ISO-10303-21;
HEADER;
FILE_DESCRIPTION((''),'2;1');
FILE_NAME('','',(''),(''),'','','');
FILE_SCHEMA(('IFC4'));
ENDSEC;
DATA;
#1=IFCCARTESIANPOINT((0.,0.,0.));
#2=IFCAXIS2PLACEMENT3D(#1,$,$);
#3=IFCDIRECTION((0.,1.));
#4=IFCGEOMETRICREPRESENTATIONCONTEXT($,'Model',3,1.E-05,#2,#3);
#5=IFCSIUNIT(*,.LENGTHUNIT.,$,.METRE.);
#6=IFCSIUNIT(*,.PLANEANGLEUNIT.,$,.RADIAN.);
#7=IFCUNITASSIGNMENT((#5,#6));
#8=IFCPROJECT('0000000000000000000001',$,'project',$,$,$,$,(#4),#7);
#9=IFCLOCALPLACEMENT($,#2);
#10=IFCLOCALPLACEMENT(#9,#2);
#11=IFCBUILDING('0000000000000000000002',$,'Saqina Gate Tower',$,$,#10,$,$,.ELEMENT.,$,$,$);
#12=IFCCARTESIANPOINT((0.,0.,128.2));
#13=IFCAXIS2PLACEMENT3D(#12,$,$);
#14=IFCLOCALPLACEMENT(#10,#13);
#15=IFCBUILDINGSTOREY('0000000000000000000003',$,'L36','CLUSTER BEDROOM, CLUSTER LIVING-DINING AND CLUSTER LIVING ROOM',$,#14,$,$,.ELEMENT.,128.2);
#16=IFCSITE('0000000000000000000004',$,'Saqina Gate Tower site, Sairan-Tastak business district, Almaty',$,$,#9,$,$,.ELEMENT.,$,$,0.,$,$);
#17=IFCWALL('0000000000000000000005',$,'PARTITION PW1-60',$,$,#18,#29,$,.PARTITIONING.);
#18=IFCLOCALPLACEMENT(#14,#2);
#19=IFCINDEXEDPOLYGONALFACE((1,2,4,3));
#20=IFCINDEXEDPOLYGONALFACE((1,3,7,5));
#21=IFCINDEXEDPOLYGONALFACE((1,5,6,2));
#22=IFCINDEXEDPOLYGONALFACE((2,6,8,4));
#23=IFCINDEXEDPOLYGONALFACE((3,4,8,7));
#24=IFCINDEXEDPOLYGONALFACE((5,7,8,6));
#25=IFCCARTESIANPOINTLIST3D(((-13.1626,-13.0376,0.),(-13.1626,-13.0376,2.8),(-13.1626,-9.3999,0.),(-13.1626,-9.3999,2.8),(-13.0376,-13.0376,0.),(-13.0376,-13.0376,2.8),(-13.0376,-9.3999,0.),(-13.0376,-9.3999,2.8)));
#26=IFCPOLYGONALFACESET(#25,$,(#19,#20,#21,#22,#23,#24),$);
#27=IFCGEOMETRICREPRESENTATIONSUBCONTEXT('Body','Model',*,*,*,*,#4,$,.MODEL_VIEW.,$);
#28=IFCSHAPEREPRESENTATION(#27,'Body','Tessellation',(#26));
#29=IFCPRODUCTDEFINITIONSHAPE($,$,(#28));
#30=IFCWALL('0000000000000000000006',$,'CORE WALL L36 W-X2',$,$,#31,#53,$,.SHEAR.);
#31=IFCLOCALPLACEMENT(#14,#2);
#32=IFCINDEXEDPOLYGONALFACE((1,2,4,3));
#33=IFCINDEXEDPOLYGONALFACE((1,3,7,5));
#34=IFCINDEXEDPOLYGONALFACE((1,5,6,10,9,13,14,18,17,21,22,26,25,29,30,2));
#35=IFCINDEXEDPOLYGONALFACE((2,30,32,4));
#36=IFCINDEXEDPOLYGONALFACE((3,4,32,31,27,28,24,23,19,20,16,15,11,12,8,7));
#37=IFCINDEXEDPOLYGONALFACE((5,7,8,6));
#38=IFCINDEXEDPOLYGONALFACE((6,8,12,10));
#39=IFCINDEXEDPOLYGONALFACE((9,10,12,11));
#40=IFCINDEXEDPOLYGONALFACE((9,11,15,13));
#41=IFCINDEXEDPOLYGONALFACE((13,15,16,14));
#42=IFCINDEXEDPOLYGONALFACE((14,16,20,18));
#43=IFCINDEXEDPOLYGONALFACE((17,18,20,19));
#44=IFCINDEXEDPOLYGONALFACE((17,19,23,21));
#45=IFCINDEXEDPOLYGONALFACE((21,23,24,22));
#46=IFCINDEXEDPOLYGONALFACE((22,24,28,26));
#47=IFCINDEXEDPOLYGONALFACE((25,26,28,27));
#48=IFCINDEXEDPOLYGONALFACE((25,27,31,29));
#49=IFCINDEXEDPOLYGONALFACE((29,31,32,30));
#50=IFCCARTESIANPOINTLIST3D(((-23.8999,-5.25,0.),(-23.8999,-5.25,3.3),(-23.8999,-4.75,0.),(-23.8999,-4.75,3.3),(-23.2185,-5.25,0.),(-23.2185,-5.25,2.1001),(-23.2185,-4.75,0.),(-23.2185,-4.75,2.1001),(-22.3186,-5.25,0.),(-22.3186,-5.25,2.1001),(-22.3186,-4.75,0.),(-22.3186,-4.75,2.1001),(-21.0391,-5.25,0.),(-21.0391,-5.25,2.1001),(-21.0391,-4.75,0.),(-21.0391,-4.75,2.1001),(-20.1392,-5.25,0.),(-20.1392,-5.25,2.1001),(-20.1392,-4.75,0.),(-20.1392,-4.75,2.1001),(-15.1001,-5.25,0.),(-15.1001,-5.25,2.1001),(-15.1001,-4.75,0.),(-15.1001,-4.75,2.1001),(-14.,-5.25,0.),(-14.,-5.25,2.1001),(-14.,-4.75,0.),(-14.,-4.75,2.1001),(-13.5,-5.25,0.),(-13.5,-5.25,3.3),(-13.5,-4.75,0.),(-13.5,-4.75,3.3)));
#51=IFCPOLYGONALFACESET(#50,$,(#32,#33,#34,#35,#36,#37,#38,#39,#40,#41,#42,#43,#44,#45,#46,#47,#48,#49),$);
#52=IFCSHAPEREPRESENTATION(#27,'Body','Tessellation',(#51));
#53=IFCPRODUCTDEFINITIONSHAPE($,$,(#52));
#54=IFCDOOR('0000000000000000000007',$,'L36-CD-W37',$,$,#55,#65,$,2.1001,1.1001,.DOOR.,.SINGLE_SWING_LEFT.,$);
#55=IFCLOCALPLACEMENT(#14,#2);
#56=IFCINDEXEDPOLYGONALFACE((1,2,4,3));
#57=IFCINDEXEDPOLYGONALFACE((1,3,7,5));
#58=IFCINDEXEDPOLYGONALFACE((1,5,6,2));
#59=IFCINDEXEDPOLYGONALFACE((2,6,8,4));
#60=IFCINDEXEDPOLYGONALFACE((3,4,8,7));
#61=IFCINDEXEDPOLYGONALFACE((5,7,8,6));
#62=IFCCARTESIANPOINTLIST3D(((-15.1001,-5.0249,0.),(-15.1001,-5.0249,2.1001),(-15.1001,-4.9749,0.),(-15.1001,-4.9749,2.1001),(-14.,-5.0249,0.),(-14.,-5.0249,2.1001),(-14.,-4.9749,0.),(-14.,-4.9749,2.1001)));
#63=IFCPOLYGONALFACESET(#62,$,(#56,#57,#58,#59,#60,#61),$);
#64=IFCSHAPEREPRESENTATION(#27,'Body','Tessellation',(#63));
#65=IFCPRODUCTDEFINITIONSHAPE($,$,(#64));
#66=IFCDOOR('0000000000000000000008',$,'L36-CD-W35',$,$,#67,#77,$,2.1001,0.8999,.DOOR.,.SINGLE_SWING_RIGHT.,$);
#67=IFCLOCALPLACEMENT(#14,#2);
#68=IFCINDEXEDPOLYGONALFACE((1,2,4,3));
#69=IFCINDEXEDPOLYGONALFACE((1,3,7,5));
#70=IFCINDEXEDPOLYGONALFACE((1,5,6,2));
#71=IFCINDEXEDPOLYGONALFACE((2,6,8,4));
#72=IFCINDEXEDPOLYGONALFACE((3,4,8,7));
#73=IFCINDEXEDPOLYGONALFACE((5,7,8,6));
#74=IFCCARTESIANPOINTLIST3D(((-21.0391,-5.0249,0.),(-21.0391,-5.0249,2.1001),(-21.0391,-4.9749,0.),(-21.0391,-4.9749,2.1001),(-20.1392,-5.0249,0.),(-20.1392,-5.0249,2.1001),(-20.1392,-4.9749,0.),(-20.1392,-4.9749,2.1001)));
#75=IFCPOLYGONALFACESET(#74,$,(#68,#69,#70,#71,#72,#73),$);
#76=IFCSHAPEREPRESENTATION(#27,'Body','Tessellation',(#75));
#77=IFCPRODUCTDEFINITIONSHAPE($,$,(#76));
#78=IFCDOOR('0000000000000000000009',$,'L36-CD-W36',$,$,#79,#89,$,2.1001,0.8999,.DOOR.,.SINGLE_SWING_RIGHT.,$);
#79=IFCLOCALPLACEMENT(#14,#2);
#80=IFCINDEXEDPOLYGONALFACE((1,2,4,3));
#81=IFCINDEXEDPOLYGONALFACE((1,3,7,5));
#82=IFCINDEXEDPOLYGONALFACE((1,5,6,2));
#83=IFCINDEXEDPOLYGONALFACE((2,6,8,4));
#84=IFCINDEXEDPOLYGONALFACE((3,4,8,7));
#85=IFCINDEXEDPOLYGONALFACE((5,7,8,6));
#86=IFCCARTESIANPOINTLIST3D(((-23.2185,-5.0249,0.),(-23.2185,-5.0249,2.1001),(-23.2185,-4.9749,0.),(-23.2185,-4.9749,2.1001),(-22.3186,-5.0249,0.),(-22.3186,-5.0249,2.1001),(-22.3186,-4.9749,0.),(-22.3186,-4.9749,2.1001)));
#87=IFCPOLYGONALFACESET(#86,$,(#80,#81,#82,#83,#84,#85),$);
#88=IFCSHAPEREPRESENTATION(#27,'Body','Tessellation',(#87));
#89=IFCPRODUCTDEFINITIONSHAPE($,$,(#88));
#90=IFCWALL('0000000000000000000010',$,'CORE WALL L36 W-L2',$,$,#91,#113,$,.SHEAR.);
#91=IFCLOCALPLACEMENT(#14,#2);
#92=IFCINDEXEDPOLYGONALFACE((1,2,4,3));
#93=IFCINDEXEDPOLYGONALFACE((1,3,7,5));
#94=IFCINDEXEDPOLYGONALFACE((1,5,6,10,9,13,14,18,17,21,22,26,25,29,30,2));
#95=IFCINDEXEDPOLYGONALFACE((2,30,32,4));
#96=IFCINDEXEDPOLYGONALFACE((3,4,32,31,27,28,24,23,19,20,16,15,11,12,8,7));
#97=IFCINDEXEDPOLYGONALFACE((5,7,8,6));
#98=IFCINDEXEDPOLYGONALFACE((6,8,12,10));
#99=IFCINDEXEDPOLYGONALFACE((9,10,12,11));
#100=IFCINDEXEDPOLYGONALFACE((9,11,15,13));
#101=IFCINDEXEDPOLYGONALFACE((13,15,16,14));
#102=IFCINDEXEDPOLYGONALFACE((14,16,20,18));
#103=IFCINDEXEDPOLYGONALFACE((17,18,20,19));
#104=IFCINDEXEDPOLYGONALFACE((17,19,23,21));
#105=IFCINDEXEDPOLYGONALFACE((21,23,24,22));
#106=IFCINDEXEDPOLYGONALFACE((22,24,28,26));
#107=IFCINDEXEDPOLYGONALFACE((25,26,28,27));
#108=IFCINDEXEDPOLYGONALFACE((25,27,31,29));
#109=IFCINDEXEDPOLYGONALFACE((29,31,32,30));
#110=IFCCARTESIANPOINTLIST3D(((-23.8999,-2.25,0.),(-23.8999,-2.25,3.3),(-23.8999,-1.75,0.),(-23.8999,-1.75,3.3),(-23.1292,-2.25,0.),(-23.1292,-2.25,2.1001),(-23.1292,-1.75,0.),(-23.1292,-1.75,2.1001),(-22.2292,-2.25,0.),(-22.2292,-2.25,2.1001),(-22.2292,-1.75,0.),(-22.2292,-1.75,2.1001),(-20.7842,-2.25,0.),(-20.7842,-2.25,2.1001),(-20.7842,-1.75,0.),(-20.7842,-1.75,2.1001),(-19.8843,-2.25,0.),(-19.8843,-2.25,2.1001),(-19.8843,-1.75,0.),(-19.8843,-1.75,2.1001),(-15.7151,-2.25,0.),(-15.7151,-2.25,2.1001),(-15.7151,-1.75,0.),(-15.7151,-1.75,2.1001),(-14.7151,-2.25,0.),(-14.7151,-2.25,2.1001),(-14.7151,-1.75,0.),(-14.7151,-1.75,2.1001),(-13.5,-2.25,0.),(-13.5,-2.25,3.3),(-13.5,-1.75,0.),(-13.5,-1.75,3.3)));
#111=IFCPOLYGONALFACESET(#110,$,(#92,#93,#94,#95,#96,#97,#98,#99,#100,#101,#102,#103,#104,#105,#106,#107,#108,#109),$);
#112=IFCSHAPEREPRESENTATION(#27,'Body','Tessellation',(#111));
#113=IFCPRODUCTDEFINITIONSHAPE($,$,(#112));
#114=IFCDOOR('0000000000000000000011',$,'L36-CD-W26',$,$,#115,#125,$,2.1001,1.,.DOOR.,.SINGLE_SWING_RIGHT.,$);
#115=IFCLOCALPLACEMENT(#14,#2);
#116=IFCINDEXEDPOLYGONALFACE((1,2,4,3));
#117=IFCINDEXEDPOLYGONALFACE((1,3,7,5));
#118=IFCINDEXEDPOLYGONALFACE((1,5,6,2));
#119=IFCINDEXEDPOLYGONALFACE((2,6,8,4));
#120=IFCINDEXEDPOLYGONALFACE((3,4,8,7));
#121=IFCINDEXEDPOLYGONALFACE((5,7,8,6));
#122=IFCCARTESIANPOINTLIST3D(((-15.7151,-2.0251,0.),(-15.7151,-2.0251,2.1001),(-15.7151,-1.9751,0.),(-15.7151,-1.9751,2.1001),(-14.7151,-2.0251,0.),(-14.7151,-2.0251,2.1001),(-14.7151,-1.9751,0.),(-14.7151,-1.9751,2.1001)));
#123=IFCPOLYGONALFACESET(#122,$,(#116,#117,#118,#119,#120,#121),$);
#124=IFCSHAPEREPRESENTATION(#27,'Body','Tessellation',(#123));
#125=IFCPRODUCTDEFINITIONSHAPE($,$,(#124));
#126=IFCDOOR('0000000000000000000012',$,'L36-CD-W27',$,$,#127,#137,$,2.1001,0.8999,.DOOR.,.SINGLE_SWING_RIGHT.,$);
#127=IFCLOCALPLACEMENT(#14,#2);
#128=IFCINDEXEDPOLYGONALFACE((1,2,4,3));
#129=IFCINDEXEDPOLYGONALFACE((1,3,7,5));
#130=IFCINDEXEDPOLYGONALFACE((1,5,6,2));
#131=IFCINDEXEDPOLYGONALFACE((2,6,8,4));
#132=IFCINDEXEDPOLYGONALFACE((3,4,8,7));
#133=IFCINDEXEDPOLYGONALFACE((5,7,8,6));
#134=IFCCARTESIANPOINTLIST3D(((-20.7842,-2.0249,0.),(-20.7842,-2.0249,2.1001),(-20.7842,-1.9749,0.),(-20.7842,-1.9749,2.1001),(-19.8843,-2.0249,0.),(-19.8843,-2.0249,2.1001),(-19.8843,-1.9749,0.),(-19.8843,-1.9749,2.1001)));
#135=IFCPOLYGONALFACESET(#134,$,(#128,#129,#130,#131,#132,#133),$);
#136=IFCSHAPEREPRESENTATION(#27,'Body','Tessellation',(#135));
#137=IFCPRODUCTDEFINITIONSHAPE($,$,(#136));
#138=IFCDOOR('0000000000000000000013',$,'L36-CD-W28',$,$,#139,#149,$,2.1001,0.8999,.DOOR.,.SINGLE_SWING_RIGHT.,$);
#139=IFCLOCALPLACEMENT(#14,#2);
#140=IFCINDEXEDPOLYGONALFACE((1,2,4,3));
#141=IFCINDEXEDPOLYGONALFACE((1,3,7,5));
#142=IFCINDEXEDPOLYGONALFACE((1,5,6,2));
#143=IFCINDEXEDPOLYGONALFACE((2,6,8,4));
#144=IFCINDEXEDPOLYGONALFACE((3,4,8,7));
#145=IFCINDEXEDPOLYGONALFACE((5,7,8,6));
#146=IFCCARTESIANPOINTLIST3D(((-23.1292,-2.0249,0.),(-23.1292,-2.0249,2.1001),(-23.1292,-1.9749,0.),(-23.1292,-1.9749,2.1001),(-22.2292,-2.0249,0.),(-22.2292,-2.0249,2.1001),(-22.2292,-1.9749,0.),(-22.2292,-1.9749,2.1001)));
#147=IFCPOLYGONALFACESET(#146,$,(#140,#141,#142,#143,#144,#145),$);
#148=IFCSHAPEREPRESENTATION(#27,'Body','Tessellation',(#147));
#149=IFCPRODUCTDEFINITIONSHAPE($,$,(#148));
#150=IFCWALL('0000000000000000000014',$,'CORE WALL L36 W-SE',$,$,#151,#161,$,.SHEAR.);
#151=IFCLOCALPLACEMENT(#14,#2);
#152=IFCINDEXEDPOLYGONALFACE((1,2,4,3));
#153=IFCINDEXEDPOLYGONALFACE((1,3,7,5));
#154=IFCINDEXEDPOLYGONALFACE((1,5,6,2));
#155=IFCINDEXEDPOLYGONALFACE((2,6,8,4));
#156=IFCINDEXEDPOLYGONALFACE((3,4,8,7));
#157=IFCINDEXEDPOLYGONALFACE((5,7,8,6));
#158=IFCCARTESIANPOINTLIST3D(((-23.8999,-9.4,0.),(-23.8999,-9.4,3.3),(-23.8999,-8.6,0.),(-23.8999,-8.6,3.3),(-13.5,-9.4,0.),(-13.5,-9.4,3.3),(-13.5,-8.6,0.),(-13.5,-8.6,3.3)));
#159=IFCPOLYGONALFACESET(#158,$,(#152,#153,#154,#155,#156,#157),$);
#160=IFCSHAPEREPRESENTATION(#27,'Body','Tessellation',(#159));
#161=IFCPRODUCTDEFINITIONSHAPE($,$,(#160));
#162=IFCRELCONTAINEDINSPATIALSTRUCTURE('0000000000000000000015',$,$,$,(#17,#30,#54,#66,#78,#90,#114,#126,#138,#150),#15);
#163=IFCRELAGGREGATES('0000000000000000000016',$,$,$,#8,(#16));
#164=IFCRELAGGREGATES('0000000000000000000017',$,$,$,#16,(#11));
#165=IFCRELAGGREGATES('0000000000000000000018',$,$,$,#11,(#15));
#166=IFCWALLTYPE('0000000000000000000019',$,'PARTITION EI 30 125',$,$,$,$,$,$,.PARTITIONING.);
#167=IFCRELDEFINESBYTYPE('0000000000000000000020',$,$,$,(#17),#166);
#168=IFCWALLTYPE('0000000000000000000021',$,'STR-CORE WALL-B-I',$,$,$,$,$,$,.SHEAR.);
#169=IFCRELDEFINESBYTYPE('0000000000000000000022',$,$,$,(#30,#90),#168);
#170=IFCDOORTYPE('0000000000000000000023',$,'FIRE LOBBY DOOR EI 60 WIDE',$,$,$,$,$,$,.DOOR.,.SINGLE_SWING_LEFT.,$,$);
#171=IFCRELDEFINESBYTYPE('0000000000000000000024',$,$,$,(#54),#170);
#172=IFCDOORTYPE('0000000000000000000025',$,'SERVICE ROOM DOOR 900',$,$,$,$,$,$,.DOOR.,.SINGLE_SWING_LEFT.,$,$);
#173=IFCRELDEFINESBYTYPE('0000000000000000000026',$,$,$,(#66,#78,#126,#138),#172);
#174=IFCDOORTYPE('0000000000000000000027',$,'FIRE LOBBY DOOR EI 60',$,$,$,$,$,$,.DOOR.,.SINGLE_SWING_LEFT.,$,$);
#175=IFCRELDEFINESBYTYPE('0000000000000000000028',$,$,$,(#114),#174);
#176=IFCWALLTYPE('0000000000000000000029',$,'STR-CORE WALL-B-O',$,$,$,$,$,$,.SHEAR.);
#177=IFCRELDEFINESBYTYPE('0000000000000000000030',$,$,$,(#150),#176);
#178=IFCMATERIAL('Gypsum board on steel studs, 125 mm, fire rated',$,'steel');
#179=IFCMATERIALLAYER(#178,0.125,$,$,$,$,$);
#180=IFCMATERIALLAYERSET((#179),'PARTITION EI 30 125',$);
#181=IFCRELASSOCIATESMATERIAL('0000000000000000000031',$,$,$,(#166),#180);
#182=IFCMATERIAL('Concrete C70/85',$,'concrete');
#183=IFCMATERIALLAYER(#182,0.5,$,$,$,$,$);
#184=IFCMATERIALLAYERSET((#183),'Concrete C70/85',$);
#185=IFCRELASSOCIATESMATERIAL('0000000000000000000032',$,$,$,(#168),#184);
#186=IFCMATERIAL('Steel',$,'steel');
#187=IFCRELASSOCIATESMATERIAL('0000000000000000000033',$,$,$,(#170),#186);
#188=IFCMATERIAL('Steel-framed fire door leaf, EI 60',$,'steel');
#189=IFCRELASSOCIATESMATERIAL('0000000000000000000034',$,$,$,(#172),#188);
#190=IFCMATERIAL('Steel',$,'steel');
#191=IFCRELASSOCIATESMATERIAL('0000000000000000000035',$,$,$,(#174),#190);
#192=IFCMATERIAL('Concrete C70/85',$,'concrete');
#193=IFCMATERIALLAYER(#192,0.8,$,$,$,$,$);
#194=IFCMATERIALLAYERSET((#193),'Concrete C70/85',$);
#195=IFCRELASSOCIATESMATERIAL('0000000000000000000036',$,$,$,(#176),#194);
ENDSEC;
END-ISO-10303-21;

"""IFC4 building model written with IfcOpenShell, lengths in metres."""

from ifc_helpers import new_model, si_unit, direction, frame, frame_2d, origin, place, context, subcontext, project, spatial, rectangle, extrude, material, layer, layer_set, type_object, element, fill, save


model = new_model("IFC4")

# Units and contexts
model_context = context("Model", 3, precision=1e-05, world=origin(), true_north=direction((0.0, 1.0)))
body_context = subcontext(model_context, "Body", "Model", "MODEL_VIEW")
ifc_project = project(units=[si_unit("LENGTHUNIT", "METRE"), si_unit("PLANEANGLEUNIT", "RADIAN")], contexts=[model_context])

# Site, building, storey
site_placement = place(None, origin())
site = spatial("IfcSite", under=ifc_project, at=site_placement, Name="Saqina Gate Tower site, Sairan-Tastak business district, Almaty", CompositionType="ELEMENT", RefElevation=0.0)
building_placement = place(site_placement, origin())
building = spatial("IfcBuilding", under=site, at=building_placement, Name="Saqina Gate Tower", CompositionType="ELEMENT")
storey_placement = place(building_placement, frame((0.0, 0.0, 128.2)))
storey = spatial("IfcBuildingStorey", under=building, at=storey_placement, Name="L36", Description="CLUSTER BEDROOM, CLUSTER LIVING-DINING AND CLUSTER LIVING ROOM", CompositionType="ELEMENT", Elevation=128.2)

# Shared definitions
ifc_material_1 = material(Name="Gypsum board on steel studs, 125 mm, fire rated", Category="steel")
ifc_layer_1 = layer(ifc_material_1, 0.125)
ifc_layer_set_1 = layer_set([ifc_layer_1], Name="PARTITION EI 30 125")
wall_type_1 = type_object("IfcWallType", Name="PARTITION EI 30 125", PredefinedType="PARTITIONING", material=ifc_layer_set_1)

# Wall
wall_1_placement = place(storey_placement, frame((-13.1001, -13.0376, 0.0), z_axis=(0.0, 0.0, 1.0), x_axis=(0.0, 1.0, 0.0)))
element("IfcWall", 1, at=wall_1_placement, inside=storey, type_object=wall_type_1, Name="PARTITION PW1-60", PredefinedType="PARTITIONING", context=body_context, shape_type="SweptSolid", body=[
    extrude(rectangle(XDim=3.6377, YDim=0.125, at=frame_2d((1.8188, 0.0))), origin(), (0.0, 0.0, 1.0), 2.8),
])

# Walls, openings, doors
ifc_material_2 = material(Name="Concrete C70/85", Category="concrete")
ifc_layer_2 = layer(ifc_material_2, 0.5)
ifc_layer_set_2 = layer_set([ifc_layer_2], Name="Concrete C70/85")
wall_type_2 = type_object("IfcWallType", Name="STR-CORE WALL-B-I", PredefinedType="SHEAR", material=ifc_layer_set_2)
wall_2_placement = place(storey_placement, frame((-13.5, -5.0, 0.0), z_axis=(0.0, 0.0, 1.0), x_axis=(-1.0, 0.0, 0.0)))
wall_2 = element("IfcWall", 2, at=wall_2_placement, inside=storey, type_object=wall_type_2, Name="CORE WALL L36 W-X2", PredefinedType="SHEAR", context=body_context, shape_type="SweptSolid", body=[
    extrude(rectangle(XDim=10.3999, YDim=0.5, at=frame_2d((5.2, 0.0))), origin(), (0.0, 0.0, 1.0), 3.3),
])
opening_1_placement = place(wall_2_placement, frame((6.6392, 0.0, 0.0)))
opening_1 = element("IfcOpeningElement", 3, at=opening_1_placement, cuts=wall_2, PredefinedType="OPENING", context=body_context, shape_type="SweptSolid", body=[
    extrude(rectangle(XDim=0.8999, YDim=2.1001, at=frame_2d((0.45, 1.05))), frame((0.0, 0.262, 0.0), z_axis=(0.0, -1.0, 0.0), x_axis=(1.0, 0.0, 0.0)), (0.0, 0.0, 1.0), 0.5239),
])
opening_2_placement = place(wall_2_placement, frame((8.8186, 0.0, 0.0)))
opening_2 = element("IfcOpeningElement", 4, at=opening_2_placement, cuts=wall_2, PredefinedType="OPENING", context=body_context, shape_type="SweptSolid", body=[
    extrude(rectangle(XDim=0.8999, YDim=2.1001, at=frame_2d((0.45, 1.05))), frame((0.0, 0.262, 0.0), z_axis=(0.0, -1.0, 0.0), x_axis=(1.0, 0.0, 0.0)), (0.0, 0.0, 1.0), 0.5239),
])
opening_3_placement = place(wall_2_placement, frame((0.5, 0.0, 0.0)))
opening_3 = element("IfcOpeningElement", 5, at=opening_3_placement, cuts=wall_2, PredefinedType="OPENING", context=body_context, shape_type="SweptSolid", body=[
    extrude(rectangle(XDim=1.1001, YDim=2.1001, at=frame_2d((0.55, 1.05))), frame((0.0, 0.262, 0.0), z_axis=(0.0, -1.0, 0.0), x_axis=(1.0, 0.0, 0.0)), (0.0, 0.0, 1.0), 0.5239),
])
ifc_material_3 = material(Name="Steel", Category="steel")
door_type_1 = type_object("IfcDoorType", Name="FIRE LOBBY DOOR EI 60 WIDE", OperationType="SINGLE_SWING_LEFT", PredefinedType="DOOR", material=ifc_material_3)
door_1_placement = place(opening_3_placement, origin())
door_1 = element("IfcDoor", 6, at=door_1_placement, inside=storey, type_object=door_type_1, Name="L36-CD-W37", OperationType="SINGLE_SWING_LEFT", OverallHeight=2.1001, OverallWidth=1.1001, PredefinedType="DOOR", context=body_context, shape_type="SweptSolid", body=[
    extrude(rectangle(XDim=1.1001, YDim=2.1001, at=frame_2d((0.55, 1.05))), frame((0.0, 0.0249, 0.0), z_axis=(0.0, -1.0, 0.0), x_axis=(1.0, 0.0, 0.0)), (0.0, 0.0, 1.0), 0.05),
])
fill(opening_3, door_1)
ifc_material_4 = material(Name="Steel-framed fire door leaf, EI 60", Category="steel")
door_type_2 = type_object("IfcDoorType", Name="SERVICE ROOM DOOR 900", OperationType="SINGLE_SWING_LEFT", PredefinedType="DOOR", material=ifc_material_4)
door_2_placement = place(opening_1_placement, origin())
door_2 = element("IfcDoor", 7, at=door_2_placement, inside=storey, type_object=door_type_2, Name="L36-CD-W35", OperationType="SINGLE_SWING_RIGHT", OverallHeight=2.1001, OverallWidth=0.8999, PredefinedType="DOOR", context=body_context, shape_type="SweptSolid", body=[
    extrude(rectangle(XDim=0.8999, YDim=2.1001, at=frame_2d((0.45, 1.05))), frame((0.0, 0.0249, 0.0), z_axis=(0.0, -1.0, 0.0), x_axis=(1.0, 0.0, 0.0)), (0.0, 0.0, 1.0), 0.05),
])
fill(opening_1, door_2)
door_3_placement = place(opening_2_placement, origin())
door_3 = element("IfcDoor", 8, at=door_3_placement, inside=storey, type_object=door_type_2, Name="L36-CD-W36", OperationType="SINGLE_SWING_RIGHT", OverallHeight=2.1001, OverallWidth=0.8999, PredefinedType="DOOR", context=body_context, shape_type="SweptSolid", body=[
    extrude(rectangle(XDim=0.8999, YDim=2.1001, at=frame_2d((0.45, 1.05))), frame((0.0, 0.0249, 0.0), z_axis=(0.0, -1.0, 0.0), x_axis=(1.0, 0.0, 0.0)), (0.0, 0.0, 1.0), 0.05),
])
fill(opening_2, door_3)
wall_3_placement = place(storey_placement, frame((-13.5, -2.0, 0.0), z_axis=(0.0, 0.0, 1.0), x_axis=(-1.0, 0.0, 0.0)))
wall_3 = element("IfcWall", 9, at=wall_3_placement, inside=storey, type_object=wall_type_2, Name="CORE WALL L36 W-L2", PredefinedType="SHEAR", context=body_context, shape_type="SweptSolid", body=[
    extrude(rectangle(XDim=10.3999, YDim=0.5, at=frame_2d((5.2, 0.0))), origin(), (0.0, 0.0, 1.0), 3.3),
])
opening_4_placement = place(wall_3_placement, frame((1.2151, 0.0, 0.0)))
opening_4 = element("IfcOpeningElement", 10, at=opening_4_placement, cuts=wall_3, PredefinedType="OPENING", context=body_context, shape_type="SweptSolid", body=[
    extrude(rectangle(XDim=1.0, YDim=2.1001, at=frame_2d((0.5, 1.05))), frame((0.0, 0.262, 0.0), z_axis=(0.0, -1.0, 0.0), x_axis=(1.0, 0.0, 0.0)), (0.0, 0.0, 1.0), 0.5239),
])
opening_5_placement = place(wall_3_placement, frame((6.3843, 0.0, 0.0)))
opening_5 = element("IfcOpeningElement", 11, at=opening_5_placement, cuts=wall_3, PredefinedType="OPENING", context=body_context, shape_type="SweptSolid", body=[
    extrude(rectangle(XDim=0.8999, YDim=2.1001, at=frame_2d((0.45, 1.05))), frame((0.0, 0.262, 0.0), z_axis=(0.0, -1.0, 0.0), x_axis=(1.0, 0.0, 0.0)), (0.0, 0.0, 1.0), 0.5239),
])
opening_6_placement = place(wall_3_placement, frame((8.7292, 0.0, 0.0)))
opening_6 = element("IfcOpeningElement", 12, at=opening_6_placement, cuts=wall_3, PredefinedType="OPENING", context=body_context, shape_type="SweptSolid", body=[
    extrude(rectangle(XDim=0.8999, YDim=2.1001, at=frame_2d((0.45, 1.05))), frame((0.0, 0.262, 0.0), z_axis=(0.0, -1.0, 0.0), x_axis=(1.0, 0.0, 0.0)), (0.0, 0.0, 1.0), 0.5239),
])
ifc_material_5 = material(Name="Steel", Category="steel")
door_type_3 = type_object("IfcDoorType", Name="FIRE LOBBY DOOR EI 60", OperationType="SINGLE_SWING_LEFT", PredefinedType="DOOR", material=ifc_material_5)
door_4_placement = place(opening_4_placement, frame((1.0, 0.0, 0.0), z_axis=(0.0, 0.0, 1.0), x_axis=(-1.0, 0.0, 0.0)))
door_4 = element("IfcDoor", 13, at=door_4_placement, inside=storey, type_object=door_type_3, Name="L36-CD-W26", OperationType="SINGLE_SWING_RIGHT", OverallHeight=2.1001, OverallWidth=1.0, PredefinedType="DOOR", context=body_context, shape_type="SweptSolid", body=[
    extrude(rectangle(XDim=1.0, YDim=2.1001, at=frame_2d((0.5, 1.05))), frame((0.0, 0.0249, 0.0), z_axis=(0.0, -1.0, 0.0), x_axis=(1.0, 0.0, 0.0)), (0.0, 0.0, 1.0), 0.05),
])
fill(opening_4, door_4)
door_5_placement = place(opening_5_placement, origin())
door_5 = element("IfcDoor", 14, at=door_5_placement, inside=storey, type_object=door_type_2, Name="L36-CD-W27", OperationType="SINGLE_SWING_RIGHT", OverallHeight=2.1001, OverallWidth=0.8999, PredefinedType="DOOR", context=body_context, shape_type="SweptSolid", body=[
    extrude(rectangle(XDim=0.8999, YDim=2.1001, at=frame_2d((0.45, 1.05))), frame((0.0, 0.0249, 0.0), z_axis=(0.0, -1.0, 0.0), x_axis=(1.0, 0.0, 0.0)), (0.0, 0.0, 1.0), 0.05),
])
fill(opening_5, door_5)
door_6_placement = place(opening_6_placement, origin())
door_6 = element("IfcDoor", 15, at=door_6_placement, inside=storey, type_object=door_type_2, Name="L36-CD-W28", OperationType="SINGLE_SWING_RIGHT", OverallHeight=2.1001, OverallWidth=0.8999, PredefinedType="DOOR", context=body_context, shape_type="SweptSolid", body=[
    extrude(rectangle(XDim=0.8999, YDim=2.1001, at=frame_2d((0.45, 1.05))), frame((0.0, 0.0249, 0.0), z_axis=(0.0, -1.0, 0.0), x_axis=(1.0, 0.0, 0.0)), (0.0, 0.0, 1.0), 0.05),
])
fill(opening_6, door_6)
ifc_material_6 = material(Name="Concrete C70/85", Category="concrete")
ifc_layer_3 = layer(ifc_material_6, 0.8)
ifc_layer_set_3 = layer_set([ifc_layer_3], Name="Concrete C70/85")
wall_type_3 = type_object("IfcWallType", Name="STR-CORE WALL-B-O", PredefinedType="SHEAR", material=ifc_layer_set_3)

# Wall
wall_4_placement = place(storey_placement, frame((-13.5, -9.0, 0.0), z_axis=(0.0, 0.0, 1.0), x_axis=(-1.0, 0.0, 0.0)))
element("IfcWall", 16, at=wall_4_placement, inside=storey, type_object=wall_type_3, Name="CORE WALL L36 W-SE", PredefinedType="SHEAR", context=body_context, shape_type="SweptSolid", body=[
    extrude(rectangle(XDim=10.3999, YDim=0.8, at=frame_2d((5.2, 0.0))), origin(), (0.0, 0.0, 1.0), 3.3),
])

save(model, "model.ifc")
